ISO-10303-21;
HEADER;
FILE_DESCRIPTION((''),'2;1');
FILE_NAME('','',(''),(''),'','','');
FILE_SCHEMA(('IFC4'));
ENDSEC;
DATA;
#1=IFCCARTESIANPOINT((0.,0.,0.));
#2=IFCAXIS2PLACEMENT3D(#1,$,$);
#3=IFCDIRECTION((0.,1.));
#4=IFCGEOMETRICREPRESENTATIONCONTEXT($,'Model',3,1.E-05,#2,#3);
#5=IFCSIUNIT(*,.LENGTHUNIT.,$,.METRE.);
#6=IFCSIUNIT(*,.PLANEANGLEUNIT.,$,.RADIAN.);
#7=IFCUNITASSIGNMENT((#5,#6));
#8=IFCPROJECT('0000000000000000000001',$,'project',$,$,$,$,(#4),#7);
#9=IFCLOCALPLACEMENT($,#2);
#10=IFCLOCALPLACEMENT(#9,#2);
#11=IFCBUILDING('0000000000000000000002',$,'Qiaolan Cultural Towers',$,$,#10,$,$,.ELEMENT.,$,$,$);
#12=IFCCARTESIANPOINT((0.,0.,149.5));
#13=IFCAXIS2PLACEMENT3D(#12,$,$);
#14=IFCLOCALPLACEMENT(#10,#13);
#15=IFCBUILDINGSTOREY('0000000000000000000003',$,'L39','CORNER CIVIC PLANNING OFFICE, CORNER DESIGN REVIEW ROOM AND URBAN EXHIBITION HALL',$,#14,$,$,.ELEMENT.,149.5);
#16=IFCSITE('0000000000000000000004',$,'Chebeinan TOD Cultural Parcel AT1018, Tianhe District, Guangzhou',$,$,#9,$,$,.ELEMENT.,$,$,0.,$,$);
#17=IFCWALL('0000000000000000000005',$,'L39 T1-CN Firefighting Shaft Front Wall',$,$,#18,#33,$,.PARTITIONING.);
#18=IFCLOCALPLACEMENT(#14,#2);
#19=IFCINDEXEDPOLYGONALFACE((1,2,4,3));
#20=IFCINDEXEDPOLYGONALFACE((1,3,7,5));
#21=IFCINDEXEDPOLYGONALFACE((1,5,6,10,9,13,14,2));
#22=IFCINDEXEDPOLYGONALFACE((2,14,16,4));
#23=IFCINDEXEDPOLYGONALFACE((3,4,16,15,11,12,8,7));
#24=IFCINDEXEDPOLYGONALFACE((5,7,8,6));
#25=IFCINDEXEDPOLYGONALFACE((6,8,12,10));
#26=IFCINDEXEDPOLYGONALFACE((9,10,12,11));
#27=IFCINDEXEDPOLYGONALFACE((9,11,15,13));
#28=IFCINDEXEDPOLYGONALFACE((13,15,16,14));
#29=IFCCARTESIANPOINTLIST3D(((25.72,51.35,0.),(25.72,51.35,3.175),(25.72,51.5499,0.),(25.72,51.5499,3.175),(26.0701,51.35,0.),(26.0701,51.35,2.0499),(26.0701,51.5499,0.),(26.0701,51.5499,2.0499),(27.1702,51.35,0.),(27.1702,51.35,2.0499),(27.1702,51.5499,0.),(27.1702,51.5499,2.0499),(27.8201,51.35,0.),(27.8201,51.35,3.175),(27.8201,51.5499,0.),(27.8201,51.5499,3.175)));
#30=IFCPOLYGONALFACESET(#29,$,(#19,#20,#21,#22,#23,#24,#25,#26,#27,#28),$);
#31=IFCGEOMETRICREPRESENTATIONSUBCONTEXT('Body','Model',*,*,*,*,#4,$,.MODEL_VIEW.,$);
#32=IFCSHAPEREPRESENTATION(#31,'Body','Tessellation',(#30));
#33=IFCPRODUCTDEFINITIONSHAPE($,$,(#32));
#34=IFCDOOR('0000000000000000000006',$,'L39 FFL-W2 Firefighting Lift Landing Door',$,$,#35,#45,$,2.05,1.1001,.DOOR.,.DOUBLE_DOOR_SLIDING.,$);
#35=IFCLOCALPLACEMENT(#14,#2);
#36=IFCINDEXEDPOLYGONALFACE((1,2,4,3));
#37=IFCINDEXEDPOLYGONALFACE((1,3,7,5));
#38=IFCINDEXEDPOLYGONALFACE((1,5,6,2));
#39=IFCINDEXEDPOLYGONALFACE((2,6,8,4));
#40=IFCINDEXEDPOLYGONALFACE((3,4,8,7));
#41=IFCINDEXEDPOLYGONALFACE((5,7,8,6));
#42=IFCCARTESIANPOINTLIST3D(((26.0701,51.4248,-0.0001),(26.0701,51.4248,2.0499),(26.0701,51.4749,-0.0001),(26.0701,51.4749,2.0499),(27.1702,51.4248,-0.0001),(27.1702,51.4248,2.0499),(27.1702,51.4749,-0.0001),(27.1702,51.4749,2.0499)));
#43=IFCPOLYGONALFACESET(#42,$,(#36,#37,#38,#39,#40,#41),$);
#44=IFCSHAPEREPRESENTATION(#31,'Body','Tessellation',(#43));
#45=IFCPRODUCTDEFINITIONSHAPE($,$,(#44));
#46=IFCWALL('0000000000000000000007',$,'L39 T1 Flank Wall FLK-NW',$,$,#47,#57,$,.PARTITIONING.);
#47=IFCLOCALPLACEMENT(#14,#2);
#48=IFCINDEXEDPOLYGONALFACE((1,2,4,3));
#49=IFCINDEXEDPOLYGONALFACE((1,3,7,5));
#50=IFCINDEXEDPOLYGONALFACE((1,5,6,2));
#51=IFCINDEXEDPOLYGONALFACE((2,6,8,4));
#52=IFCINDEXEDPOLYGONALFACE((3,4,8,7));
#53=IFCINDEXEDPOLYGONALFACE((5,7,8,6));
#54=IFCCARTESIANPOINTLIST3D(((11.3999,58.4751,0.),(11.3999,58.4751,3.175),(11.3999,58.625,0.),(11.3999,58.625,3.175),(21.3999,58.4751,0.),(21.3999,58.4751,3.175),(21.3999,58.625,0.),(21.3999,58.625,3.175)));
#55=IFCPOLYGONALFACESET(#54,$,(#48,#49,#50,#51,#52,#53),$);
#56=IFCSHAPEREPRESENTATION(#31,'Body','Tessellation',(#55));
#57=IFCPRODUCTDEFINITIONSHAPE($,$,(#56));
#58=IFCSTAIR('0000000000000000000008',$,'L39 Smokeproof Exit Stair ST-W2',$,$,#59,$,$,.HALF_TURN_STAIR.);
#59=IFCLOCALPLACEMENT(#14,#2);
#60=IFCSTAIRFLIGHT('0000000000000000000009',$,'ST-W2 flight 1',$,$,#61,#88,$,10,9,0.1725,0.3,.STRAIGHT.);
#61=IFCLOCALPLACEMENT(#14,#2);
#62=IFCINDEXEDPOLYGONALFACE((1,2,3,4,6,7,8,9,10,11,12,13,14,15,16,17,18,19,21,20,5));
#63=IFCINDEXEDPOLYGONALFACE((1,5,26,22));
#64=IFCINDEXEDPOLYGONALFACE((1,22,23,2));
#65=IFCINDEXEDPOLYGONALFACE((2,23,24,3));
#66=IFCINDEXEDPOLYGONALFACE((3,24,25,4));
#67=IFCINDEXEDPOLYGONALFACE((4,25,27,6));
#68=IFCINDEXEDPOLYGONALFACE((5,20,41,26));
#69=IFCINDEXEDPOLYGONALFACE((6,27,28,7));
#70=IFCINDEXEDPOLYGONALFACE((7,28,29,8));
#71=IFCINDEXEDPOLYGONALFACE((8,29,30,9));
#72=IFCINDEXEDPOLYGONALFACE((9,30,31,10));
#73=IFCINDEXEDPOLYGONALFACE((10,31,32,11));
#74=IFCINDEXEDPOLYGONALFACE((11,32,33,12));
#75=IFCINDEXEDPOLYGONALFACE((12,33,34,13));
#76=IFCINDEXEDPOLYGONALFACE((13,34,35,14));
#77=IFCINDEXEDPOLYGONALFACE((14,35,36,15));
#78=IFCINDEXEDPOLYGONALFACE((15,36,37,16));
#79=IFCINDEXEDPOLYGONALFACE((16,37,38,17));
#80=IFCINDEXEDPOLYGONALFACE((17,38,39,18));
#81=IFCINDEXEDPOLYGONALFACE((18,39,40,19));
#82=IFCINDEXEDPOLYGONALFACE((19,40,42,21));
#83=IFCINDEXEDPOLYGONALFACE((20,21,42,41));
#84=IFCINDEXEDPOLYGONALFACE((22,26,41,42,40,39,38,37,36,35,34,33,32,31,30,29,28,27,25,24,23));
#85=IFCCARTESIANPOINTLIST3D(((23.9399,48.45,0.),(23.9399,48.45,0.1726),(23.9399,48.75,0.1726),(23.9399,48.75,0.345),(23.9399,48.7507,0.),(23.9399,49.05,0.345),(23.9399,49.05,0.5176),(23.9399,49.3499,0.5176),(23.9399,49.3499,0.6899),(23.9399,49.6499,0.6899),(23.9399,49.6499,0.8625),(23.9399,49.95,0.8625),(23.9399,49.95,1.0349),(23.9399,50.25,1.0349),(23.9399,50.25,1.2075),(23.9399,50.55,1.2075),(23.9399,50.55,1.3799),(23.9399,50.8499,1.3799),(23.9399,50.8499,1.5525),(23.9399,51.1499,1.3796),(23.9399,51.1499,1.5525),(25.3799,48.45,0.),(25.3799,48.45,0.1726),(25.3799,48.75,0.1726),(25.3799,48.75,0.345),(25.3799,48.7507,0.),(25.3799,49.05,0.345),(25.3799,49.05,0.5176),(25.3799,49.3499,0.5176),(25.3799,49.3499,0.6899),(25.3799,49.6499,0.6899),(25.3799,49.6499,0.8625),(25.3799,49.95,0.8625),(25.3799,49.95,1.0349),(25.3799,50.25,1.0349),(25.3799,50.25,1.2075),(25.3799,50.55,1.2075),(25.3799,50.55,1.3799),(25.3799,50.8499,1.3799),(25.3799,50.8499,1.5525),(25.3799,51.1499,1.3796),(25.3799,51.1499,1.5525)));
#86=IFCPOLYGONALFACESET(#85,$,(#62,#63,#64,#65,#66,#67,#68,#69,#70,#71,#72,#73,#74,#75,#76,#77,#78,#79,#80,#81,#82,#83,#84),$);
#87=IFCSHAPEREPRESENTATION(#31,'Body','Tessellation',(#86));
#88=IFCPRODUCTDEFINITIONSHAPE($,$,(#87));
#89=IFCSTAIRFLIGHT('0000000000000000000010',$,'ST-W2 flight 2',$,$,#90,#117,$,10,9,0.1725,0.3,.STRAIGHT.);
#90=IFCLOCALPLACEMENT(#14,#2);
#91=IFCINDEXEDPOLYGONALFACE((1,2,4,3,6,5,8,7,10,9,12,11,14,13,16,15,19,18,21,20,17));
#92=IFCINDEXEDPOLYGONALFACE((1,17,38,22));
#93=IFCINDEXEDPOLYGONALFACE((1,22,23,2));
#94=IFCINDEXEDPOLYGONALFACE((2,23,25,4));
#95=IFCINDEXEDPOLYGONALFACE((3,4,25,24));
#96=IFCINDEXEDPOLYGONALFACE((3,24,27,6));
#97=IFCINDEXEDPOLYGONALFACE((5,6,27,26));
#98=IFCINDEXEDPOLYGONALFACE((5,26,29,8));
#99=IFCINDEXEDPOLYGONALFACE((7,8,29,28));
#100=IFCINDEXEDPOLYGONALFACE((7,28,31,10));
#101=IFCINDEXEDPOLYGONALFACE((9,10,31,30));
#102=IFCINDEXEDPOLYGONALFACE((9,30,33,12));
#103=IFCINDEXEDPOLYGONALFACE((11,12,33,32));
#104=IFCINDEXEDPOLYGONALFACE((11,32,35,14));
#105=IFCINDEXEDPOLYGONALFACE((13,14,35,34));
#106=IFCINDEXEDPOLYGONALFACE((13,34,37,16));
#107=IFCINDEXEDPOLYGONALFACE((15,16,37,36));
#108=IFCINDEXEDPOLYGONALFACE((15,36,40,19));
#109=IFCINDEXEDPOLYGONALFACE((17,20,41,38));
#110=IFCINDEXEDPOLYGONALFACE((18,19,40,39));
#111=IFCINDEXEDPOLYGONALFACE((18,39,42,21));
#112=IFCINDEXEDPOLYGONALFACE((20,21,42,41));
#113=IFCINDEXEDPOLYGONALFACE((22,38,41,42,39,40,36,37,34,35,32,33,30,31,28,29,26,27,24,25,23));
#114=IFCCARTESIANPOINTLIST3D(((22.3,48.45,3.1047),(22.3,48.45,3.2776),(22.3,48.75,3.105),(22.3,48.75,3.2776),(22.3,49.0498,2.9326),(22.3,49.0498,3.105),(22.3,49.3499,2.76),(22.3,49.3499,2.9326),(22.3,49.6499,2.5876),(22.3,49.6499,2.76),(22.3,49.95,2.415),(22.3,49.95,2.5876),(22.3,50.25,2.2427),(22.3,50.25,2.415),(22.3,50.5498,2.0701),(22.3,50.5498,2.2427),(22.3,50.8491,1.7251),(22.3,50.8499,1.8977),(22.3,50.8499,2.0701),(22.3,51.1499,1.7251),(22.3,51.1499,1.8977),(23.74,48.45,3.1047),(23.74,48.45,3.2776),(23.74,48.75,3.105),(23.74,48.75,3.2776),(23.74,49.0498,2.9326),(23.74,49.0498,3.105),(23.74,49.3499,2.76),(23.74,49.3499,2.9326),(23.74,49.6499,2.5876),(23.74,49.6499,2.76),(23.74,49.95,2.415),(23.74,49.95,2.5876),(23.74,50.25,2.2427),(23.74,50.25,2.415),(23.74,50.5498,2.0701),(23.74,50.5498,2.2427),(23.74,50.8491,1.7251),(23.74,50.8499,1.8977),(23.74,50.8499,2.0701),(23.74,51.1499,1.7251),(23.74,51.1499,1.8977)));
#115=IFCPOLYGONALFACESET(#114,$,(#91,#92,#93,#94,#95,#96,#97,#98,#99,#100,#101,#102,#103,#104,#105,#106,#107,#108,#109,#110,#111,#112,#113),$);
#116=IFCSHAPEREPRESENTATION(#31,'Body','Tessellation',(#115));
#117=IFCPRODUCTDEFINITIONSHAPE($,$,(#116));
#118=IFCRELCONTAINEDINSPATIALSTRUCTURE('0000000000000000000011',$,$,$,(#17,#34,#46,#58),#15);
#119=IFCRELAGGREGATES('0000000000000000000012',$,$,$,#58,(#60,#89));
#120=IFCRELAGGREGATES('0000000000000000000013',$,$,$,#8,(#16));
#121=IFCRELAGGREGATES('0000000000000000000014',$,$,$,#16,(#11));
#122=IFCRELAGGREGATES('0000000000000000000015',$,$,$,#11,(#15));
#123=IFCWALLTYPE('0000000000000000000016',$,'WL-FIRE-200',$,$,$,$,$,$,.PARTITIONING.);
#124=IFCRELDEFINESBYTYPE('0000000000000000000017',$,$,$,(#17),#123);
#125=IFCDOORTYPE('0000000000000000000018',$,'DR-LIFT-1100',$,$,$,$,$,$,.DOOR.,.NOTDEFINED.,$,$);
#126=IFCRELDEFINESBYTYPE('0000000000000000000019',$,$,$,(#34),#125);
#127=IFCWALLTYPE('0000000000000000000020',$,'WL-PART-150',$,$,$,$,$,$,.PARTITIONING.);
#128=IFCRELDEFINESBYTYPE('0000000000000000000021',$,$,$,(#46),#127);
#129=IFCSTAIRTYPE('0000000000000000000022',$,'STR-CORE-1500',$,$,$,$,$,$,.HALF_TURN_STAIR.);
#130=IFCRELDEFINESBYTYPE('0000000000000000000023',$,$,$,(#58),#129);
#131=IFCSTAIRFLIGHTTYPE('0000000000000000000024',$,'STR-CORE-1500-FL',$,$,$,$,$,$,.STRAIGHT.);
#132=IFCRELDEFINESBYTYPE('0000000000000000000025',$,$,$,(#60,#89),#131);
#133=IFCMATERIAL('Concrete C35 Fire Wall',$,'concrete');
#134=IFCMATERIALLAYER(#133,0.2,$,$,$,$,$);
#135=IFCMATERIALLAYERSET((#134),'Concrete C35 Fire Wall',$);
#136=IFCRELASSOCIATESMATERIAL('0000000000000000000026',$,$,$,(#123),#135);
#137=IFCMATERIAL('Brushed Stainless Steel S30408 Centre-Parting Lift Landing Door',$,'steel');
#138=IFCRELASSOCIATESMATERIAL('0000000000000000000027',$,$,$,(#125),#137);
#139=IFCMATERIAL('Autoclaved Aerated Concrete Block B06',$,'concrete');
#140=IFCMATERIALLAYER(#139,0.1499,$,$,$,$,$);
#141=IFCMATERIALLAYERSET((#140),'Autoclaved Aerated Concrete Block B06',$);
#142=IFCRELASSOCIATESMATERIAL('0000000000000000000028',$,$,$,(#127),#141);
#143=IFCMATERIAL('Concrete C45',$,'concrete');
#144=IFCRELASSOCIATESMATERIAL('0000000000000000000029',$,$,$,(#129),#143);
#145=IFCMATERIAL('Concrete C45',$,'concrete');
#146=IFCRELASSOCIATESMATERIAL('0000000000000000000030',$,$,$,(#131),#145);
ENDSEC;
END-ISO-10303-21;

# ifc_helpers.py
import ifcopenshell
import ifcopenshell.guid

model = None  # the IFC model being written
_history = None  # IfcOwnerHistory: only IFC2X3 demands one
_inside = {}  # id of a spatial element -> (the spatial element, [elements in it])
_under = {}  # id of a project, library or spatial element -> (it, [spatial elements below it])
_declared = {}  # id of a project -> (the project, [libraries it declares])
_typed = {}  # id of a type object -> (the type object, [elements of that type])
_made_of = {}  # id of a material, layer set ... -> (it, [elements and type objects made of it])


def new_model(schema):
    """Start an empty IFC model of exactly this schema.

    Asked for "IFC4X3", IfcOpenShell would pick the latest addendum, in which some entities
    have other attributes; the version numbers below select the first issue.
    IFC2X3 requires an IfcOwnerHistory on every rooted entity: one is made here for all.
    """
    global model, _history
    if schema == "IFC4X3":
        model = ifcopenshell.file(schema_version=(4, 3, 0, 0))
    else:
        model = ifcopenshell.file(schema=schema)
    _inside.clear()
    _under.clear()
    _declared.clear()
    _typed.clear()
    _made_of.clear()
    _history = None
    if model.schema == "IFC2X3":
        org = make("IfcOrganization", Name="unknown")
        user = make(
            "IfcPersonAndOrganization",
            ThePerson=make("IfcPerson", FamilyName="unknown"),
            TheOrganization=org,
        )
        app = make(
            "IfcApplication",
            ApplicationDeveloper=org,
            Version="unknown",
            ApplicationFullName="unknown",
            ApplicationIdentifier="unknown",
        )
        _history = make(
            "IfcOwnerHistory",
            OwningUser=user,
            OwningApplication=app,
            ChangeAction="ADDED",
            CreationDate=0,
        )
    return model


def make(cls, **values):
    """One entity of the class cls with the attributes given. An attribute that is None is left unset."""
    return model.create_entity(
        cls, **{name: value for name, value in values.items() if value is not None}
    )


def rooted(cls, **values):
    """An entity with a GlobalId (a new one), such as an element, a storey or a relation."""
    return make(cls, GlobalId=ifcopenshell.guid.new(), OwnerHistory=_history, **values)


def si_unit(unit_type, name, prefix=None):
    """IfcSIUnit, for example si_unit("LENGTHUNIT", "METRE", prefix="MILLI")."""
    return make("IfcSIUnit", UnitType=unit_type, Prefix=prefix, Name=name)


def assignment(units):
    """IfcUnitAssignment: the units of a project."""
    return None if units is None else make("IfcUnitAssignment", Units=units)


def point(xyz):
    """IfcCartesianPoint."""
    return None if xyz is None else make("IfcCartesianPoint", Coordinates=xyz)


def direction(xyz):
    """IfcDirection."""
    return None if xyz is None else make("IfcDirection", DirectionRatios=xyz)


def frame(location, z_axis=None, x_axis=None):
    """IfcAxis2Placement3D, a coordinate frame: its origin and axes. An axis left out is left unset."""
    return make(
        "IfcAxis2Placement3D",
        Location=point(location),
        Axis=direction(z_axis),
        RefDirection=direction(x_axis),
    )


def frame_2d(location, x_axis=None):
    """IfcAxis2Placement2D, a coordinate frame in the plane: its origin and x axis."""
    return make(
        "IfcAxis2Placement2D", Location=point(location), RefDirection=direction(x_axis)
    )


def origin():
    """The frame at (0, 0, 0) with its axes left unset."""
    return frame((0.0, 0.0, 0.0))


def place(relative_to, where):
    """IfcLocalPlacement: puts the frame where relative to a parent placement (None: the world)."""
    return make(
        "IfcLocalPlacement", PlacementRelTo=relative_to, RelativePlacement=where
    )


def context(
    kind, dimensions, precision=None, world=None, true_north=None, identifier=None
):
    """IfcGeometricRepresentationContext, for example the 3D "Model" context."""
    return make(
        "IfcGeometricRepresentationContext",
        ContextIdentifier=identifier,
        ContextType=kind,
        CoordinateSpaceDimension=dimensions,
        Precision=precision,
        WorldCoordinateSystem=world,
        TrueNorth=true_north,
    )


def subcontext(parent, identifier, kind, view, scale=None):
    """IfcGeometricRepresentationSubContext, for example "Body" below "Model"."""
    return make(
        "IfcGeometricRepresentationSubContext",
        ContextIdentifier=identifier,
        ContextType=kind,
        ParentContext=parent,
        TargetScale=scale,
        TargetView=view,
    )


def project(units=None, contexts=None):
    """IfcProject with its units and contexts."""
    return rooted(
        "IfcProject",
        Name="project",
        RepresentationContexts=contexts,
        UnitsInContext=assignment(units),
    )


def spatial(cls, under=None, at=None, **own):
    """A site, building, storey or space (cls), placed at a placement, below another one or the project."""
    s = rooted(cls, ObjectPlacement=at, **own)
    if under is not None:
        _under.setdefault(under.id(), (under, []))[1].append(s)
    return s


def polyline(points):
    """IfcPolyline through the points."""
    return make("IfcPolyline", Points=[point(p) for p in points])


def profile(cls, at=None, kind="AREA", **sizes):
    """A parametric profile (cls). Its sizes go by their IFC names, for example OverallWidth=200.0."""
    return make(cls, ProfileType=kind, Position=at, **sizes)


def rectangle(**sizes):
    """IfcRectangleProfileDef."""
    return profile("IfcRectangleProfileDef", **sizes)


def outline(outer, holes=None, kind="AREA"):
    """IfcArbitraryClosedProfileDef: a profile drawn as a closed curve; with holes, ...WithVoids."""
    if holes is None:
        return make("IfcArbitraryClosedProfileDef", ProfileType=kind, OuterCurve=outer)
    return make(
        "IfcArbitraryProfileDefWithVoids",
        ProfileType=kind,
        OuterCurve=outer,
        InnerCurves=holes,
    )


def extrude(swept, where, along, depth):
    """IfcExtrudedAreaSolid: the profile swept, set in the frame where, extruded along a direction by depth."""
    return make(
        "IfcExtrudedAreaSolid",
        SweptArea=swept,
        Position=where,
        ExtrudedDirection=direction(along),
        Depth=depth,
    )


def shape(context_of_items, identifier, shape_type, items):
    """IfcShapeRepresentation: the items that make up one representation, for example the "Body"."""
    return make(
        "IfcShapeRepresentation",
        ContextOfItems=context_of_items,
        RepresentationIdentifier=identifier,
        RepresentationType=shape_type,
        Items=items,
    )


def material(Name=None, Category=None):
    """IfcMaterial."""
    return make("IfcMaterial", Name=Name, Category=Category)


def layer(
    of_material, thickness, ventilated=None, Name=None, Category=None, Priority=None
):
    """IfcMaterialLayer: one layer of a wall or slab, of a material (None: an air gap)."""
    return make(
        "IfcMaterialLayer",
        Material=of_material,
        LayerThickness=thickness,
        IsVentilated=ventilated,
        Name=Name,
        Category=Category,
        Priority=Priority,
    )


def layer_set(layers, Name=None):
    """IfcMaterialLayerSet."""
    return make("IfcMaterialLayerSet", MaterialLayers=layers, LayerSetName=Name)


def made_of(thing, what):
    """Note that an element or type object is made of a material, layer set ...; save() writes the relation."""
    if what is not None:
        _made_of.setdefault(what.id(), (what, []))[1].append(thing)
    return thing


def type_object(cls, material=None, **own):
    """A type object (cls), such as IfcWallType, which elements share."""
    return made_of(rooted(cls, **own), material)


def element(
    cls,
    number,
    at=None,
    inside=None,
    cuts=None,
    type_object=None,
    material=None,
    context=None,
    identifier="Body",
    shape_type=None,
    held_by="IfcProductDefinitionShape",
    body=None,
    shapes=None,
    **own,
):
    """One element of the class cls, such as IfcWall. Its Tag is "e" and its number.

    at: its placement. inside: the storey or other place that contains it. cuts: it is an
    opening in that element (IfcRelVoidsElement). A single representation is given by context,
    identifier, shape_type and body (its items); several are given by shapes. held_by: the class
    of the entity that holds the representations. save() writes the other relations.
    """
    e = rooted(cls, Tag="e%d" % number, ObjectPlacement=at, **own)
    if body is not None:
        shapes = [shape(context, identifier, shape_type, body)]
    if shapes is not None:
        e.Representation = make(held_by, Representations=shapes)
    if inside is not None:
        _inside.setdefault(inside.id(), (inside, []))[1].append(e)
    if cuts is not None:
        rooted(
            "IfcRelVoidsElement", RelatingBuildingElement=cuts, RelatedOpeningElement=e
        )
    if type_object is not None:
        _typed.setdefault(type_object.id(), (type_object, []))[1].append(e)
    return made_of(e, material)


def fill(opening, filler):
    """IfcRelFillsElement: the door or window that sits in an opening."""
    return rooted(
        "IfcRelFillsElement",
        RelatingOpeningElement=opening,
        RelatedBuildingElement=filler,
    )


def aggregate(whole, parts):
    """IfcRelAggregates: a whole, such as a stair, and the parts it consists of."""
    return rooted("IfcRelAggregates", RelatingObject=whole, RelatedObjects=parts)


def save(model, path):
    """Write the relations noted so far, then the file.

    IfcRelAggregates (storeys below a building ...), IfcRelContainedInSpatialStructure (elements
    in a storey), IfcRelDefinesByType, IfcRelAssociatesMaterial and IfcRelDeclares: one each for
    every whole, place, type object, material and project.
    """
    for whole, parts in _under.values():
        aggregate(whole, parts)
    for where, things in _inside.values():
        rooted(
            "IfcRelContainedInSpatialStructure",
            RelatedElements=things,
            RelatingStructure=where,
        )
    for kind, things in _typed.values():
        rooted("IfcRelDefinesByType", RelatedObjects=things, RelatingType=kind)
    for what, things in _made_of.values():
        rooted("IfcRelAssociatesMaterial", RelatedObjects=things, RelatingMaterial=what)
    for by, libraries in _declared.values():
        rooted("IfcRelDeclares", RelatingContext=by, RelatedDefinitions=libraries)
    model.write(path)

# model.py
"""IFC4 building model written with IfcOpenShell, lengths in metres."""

from ifc_helpers import new_model, si_unit, direction, frame, frame_2d, origin, place, context, subcontext, project, spatial, polyline, rectangle, outline, extrude, material, layer, layer_set, type_object, element, fill, aggregate, save


model = new_model("IFC4")

# Units and contexts
model_context = context("Model", 3, precision=1e-05, world=origin(), true_north=direction((0.0, 1.0)))
body_context = subcontext(model_context, "Body", "Model", "MODEL_VIEW")
ifc_project = project(units=[si_unit("LENGTHUNIT", "METRE"), si_unit("PLANEANGLEUNIT", "RADIAN")], contexts=[model_context])

# Site, building, storey
site_placement = place(None, origin())
site = spatial("IfcSite", under=ifc_project, at=site_placement, Name="Chebeinan TOD Cultural Parcel AT1018, Tianhe District, Guangzhou", CompositionType="ELEMENT", RefElevation=0.0)
building_placement = place(site_placement, origin())
building = spatial("IfcBuilding", under=site, at=building_placement, Name="Qiaolan Cultural Towers", CompositionType="ELEMENT")
storey_placement = place(building_placement, frame((0.0, 0.0, 149.5)))
storey = spatial("IfcBuildingStorey", under=building, at=storey_placement, Name="L39", Description="CORNER CIVIC PLANNING OFFICE, CORNER DESIGN REVIEW ROOM AND URBAN EXHIBITION HALL", CompositionType="ELEMENT", Elevation=149.5)

# Wall, opening, door
ifc_material_1 = material(Name="Concrete C35 Fire Wall", Category="concrete")
ifc_layer_1 = layer(ifc_material_1, 0.2)
ifc_layer_set_1 = layer_set([ifc_layer_1], Name="Concrete C35 Fire Wall")
wall_type_1 = type_object("IfcWallType", Name="WL-FIRE-200", PredefinedType="PARTITIONING", material=ifc_layer_set_1)
wall_1_placement = place(storey_placement, frame((25.72, 51.45, 0.0), z_axis=(0.0, 0.0, 1.0), x_axis=(1.0, 0.0, 0.0)))
wall_1 = element("IfcWall", 1, at=wall_1_placement, inside=storey, type_object=wall_type_1, Name="L39 T1-CN Firefighting Shaft Front Wall", PredefinedType="PARTITIONING", context=body_context, shape_type="SweptSolid", body=[
    extrude(rectangle(XDim=2.1001, YDim=0.2, at=frame_2d((1.05, 0.0))), origin(), (0.0, 0.0, 1.0), 3.175),
])
opening_placement = place(wall_1_placement, frame((0.3501, 0.0, 0.0)))
opening = element("IfcOpeningElement", 2, at=opening_placement, cuts=wall_1, PredefinedType="OPENING", context=body_context, shape_type="SweptSolid", body=[
    extrude(rectangle(XDim=1.1001, YDim=2.05, at=frame_2d((0.55, 1.0249))), frame((0.0, 0.1099, 0.0), z_axis=(0.0, -1.0, 0.0), x_axis=(1.0, 0.0, 0.0)), (0.0, 0.0, 1.0), 0.22),
])
ifc_material_2 = material(Name="Brushed Stainless Steel S30408 Centre-Parting Lift Landing Door", Category="steel")
door_type = type_object("IfcDoorType", Name="DR-LIFT-1100", OperationType="NOTDEFINED", PredefinedType="DOOR", material=ifc_material_2)
door_placement = place(opening_placement, origin())
door = element("IfcDoor", 3, at=door_placement, inside=storey, type_object=door_type, Name="L39 FFL-W2 Firefighting Lift Landing Door", OperationType="DOUBLE_DOOR_SLIDING", OverallHeight=2.05, OverallWidth=1.1001, PredefinedType="DOOR", context=body_context, shape_type="SweptSolid", body=[
    extrude(rectangle(XDim=1.1001, YDim=2.05, at=frame_2d((0.55, 1.0249))), frame((0.0, 0.0249, 0.0), z_axis=(0.0, -1.0, 0.0), x_axis=(1.0, 0.0, 0.0)), (0.0, 0.0, 1.0), 0.05),
])
fill(opening, door)

# Wall
ifc_material_3 = material(Name="Autoclaved Aerated Concrete Block B06", Category="concrete")
ifc_layer_2 = layer(ifc_material_3, 0.1499)
ifc_layer_set_2 = layer_set([ifc_layer_2], Name="Autoclaved Aerated Concrete Block B06")
wall_type_2 = type_object("IfcWallType", Name="WL-PART-150", PredefinedType="PARTITIONING", material=ifc_layer_set_2)
wall_2_placement = place(storey_placement, frame((11.3999, 58.55, 0.0), z_axis=(0.0, 0.0, 1.0), x_axis=(1.0, 0.0, 0.0)))
element("IfcWall", 4, at=wall_2_placement, inside=storey, type_object=wall_type_2, Name="L39 T1 Flank Wall FLK-NW", PredefinedType="PARTITIONING", context=body_context, shape_type="SweptSolid", body=[
    extrude(rectangle(XDim=10.0, YDim=0.1499, at=frame_2d((5.0, 0.0))), origin(), (0.0, 0.0, 1.0), 3.175),
])

# Stair, stair flights
ifc_material_4 = material(Name="Concrete C45", Category="concrete")
stair_type = type_object("IfcStairType", Name="STR-CORE-1500", PredefinedType="HALF_TURN_STAIR", material=ifc_material_4)
stair_placement = place(storey_placement, origin())
stair = element("IfcStair", 5, at=stair_placement, inside=storey, type_object=stair_type, Name="L39 Smokeproof Exit Stair ST-W2", PredefinedType="HALF_TURN_STAIR")
ifc_material_5 = material(Name="Concrete C45", Category="concrete")
stair_flight_type = type_object("IfcStairFlightType", Name="STR-CORE-1500-FL", PredefinedType="STRAIGHT", material=ifc_material_5)
stair_flight_1_placement = place(storey_placement, frame((24.6599, 48.45, 0.0), z_axis=(0.0, 0.0, 1.0), x_axis=(0.0, 1.0, 0.0)))
stair_flight_1 = element("IfcStairFlight", 6, at=stair_flight_1_placement, type_object=stair_flight_type, Name="ST-W2 flight 1", NumberOfRisers=10, NumberOfTreads=9, PredefinedType="STRAIGHT", RiserHeight=0.1725, TreadLength=0.3, context=body_context, shape_type="SweptSolid", body=[
    extrude(outline(polyline([(0.0, 0.0), (0.0, 0.1726), (0.3, 0.1726), (0.3, 0.345), (0.6001, 0.345), (0.6001, 0.5176), (0.8999, 0.5176), (0.8999, 0.6899), (1.2, 0.6899), (1.2, 0.8625), (1.5, 0.8625), (1.5, 1.0349), (1.8, 1.0349), (1.8, 1.2075), (2.1001, 1.2075), (2.1001, 1.3799), (2.3999, 1.3799), (2.3999, 1.5525), (2.7, 1.5525), (2.7, 1.7251), (2.7, 1.3796), (0.3008, 0.0), (0.0, 0.0)])), frame((0.0, 0.72, 0.0), z_axis=(0.0, -1.0, 0.0), x_axis=(1.0, 0.0, 0.0)), (0.0, 0.0, 1.0), 1.4399),
])
stair_flight_2_placement = place(storey_placement, frame((23.02, 51.1499, 1.7251), z_axis=(0.0, 0.0, 1.0), x_axis=(0.0, -1.0, 0.0)))
stair_flight_2 = element("IfcStairFlight", 7, at=stair_flight_2_placement, type_object=stair_flight_type, Name="ST-W2 flight 2", NumberOfRisers=10, NumberOfTreads=9, PredefinedType="STRAIGHT", RiserHeight=0.1725, TreadLength=0.3, context=body_context, shape_type="SweptSolid", body=[
    extrude(outline(polyline([(0.0, 0.0), (0.0, 0.1726), (0.3, 0.1726), (0.3, 0.345), (0.6001, 0.345), (0.6001, 0.5176), (0.8999, 0.5176), (0.8999, 0.6899), (1.2, 0.6899), (1.2, 0.8625), (1.5, 0.8625), (1.5, 1.0349), (1.8, 1.0349), (1.8, 1.2075), (2.1001, 1.2075), (2.1001, 1.3799), (2.3999, 1.3799), (2.3999, 1.5525), (2.7, 1.5525), (2.7, 1.7251), (2.7, 1.3796), (0.3008, 0.0), (0.0, 0.0)])), frame((0.0, 0.72, 0.0), z_axis=(0.0, -1.0, 0.0), x_axis=(1.0, 0.0, 0.0)), (0.0, 0.0, 1.0), 1.4399),
])
aggregate(stair, [stair_flight_1, stair_flight_2])

save(model, "model.ifc")
